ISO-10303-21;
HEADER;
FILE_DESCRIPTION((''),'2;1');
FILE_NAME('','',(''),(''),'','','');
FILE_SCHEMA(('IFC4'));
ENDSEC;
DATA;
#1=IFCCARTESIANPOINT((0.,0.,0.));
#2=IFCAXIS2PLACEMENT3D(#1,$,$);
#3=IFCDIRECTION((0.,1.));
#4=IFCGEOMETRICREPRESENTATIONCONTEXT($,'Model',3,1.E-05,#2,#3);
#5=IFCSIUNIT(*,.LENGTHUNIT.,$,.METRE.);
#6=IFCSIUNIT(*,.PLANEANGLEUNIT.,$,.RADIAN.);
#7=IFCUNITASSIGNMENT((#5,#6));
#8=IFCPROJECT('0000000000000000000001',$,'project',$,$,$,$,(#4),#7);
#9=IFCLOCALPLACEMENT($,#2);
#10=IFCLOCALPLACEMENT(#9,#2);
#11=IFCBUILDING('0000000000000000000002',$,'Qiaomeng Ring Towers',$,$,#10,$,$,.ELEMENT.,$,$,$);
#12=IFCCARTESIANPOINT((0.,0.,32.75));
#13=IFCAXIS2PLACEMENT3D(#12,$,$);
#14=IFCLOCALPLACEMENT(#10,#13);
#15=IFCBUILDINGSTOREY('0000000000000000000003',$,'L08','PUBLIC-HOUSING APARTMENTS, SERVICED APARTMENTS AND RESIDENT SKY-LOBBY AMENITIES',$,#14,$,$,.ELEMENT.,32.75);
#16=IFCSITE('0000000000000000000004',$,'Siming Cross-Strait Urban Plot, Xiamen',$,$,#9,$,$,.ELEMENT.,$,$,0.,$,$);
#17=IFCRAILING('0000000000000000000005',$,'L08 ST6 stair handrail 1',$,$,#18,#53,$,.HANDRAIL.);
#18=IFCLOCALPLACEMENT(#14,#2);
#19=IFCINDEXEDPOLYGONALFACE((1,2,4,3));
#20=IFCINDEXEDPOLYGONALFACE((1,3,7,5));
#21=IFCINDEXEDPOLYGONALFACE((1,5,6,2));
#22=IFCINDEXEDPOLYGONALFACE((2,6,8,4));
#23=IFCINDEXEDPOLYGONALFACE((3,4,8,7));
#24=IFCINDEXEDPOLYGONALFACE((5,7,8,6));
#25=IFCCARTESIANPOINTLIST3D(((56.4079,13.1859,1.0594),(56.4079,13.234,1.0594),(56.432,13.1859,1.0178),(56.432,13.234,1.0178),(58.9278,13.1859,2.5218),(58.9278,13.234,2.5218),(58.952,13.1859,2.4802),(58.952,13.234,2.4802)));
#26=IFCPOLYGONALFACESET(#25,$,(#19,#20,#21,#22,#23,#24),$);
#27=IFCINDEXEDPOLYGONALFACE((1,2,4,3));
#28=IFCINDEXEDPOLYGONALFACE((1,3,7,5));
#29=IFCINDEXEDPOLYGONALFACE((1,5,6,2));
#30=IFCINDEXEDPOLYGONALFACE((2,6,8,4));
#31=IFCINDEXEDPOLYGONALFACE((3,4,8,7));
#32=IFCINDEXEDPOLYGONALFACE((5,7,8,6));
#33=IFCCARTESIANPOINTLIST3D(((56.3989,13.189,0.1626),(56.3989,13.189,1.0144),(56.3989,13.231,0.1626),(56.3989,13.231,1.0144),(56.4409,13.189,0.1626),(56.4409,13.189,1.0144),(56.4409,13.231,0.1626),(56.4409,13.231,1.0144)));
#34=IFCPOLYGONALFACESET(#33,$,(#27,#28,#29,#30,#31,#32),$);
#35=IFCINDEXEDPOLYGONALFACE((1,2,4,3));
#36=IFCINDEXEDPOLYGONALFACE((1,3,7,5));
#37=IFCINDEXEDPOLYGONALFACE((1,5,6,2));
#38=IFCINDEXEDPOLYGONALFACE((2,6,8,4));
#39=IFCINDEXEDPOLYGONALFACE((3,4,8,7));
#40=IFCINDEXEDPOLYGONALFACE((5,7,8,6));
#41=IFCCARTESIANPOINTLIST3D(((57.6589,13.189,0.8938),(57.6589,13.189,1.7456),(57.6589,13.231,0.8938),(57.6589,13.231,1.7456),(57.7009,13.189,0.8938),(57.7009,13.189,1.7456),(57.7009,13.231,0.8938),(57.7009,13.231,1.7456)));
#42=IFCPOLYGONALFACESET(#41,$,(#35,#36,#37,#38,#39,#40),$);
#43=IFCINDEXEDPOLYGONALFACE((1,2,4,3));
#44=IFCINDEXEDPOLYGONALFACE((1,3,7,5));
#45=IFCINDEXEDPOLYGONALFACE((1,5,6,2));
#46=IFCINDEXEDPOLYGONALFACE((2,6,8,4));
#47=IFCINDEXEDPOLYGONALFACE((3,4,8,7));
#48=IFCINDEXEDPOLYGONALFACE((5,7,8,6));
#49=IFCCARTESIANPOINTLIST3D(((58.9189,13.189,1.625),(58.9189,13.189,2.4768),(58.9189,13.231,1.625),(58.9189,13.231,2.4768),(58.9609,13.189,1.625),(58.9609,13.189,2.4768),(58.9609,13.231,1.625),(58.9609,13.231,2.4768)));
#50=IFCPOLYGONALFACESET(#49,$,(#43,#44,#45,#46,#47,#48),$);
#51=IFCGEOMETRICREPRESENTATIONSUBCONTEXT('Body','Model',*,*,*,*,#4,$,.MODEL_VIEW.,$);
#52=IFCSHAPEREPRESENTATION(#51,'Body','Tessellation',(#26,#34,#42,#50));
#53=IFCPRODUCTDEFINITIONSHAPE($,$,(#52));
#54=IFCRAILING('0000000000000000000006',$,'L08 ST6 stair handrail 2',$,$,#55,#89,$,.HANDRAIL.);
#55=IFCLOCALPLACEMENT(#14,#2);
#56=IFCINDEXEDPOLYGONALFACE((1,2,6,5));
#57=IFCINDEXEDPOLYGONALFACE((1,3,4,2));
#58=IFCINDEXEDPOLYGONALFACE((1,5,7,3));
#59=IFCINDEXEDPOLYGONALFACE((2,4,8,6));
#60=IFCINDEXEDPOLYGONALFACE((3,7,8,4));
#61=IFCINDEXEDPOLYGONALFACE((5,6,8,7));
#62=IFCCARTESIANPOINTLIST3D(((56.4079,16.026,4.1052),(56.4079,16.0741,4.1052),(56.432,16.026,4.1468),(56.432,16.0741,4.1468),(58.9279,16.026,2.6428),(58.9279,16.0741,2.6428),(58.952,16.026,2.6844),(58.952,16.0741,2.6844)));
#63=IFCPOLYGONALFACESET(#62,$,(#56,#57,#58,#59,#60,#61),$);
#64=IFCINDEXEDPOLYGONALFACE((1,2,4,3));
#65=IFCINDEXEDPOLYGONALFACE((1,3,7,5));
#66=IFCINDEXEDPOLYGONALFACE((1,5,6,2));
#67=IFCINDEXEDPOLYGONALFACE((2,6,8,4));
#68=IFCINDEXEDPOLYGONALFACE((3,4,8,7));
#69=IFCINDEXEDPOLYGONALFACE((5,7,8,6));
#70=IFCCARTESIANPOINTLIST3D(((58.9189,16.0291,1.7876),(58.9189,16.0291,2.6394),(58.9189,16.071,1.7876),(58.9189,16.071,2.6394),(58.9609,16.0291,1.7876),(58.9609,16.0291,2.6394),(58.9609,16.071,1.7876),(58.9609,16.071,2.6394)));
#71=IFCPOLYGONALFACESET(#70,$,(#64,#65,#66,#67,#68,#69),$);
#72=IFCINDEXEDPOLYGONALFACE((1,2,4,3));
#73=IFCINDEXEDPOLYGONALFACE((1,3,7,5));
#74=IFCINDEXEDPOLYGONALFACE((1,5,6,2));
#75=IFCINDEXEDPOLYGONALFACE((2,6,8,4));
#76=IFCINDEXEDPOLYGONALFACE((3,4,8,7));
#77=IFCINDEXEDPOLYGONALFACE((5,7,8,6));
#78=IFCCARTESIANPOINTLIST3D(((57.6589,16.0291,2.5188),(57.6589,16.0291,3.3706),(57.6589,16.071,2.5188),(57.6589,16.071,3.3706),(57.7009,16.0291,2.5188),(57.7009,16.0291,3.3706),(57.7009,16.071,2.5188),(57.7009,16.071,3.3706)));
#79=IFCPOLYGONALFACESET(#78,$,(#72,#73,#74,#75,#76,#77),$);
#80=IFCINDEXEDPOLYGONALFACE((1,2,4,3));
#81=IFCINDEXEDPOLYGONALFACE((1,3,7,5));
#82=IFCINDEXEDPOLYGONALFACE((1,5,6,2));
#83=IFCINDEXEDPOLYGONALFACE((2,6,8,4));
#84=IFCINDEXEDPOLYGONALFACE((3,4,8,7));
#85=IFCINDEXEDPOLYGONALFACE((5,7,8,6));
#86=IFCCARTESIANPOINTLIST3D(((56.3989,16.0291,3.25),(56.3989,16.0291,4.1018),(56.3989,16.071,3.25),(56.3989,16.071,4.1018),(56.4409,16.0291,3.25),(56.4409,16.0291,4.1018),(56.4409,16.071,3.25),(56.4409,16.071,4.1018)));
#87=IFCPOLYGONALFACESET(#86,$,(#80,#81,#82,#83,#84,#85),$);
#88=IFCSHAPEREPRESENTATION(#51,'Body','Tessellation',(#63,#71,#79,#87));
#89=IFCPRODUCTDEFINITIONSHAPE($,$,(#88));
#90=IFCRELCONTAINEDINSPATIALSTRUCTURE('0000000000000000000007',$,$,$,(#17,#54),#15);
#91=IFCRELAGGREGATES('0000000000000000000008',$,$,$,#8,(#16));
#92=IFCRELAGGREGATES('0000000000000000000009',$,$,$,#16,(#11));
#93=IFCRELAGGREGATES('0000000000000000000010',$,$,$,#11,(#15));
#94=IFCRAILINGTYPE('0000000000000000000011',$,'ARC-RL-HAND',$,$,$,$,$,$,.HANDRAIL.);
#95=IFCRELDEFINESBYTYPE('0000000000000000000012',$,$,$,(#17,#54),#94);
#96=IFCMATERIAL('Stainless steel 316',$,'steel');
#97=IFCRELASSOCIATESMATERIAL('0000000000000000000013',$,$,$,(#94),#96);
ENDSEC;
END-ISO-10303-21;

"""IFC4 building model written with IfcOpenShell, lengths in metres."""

from ifc_helpers import new_model, si_unit, direction, frame, origin, origin_2d, place, context, subcontext, project, spatial, rectangle, extrude, material, type_object, element, save


model = new_model("IFC4")

# Units and contexts
model_context = context("Model", 3, precision=1e-05, world=origin(), true_north=direction((0.0, 1.0)))
body_context = subcontext(model_context, "Body", "Model", "MODEL_VIEW")
ifc_project = project(units=[si_unit("LENGTHUNIT", "METRE"), si_unit("PLANEANGLEUNIT", "RADIAN")], contexts=[model_context])

# Site, building, storey
site_placement = place(None, origin())
site = spatial("IfcSite", under=ifc_project, at=site_placement, Name="Siming Cross-Strait Urban Plot, Xiamen", CompositionType="ELEMENT", RefElevation=0.0)
building_placement = place(site_placement, origin())
building = spatial("IfcBuilding", under=site, at=building_placement, Name="Qiaomeng Ring Towers", CompositionType="ELEMENT")
storey_placement = place(building_placement, frame((0.0, 0.0, 32.75)))
storey = spatial("IfcBuildingStorey", under=building, at=storey_placement, Name="L08", Description="PUBLIC-HOUSING APARTMENTS, SERVICED APARTMENTS AND RESIDENT SKY-LOBBY AMENITIES", CompositionType="ELEMENT", Elevation=32.75)

# Shared definitions
ifc_material_1 = material(Name="Stainless steel 316", Category="steel")

# Railings
railing_type_1 = type_object("IfcRailingType", Name="ARC-RL-HAND", PredefinedType="HANDRAIL", material=ifc_material_1)
railing_1_placement = place(storey_placement, frame((56.4199, 13.21, 0.1626)))
element("IfcRailing", 1, at=railing_1_placement, inside=storey, type_object=railing_type_1, Name="L08 ST6 stair handrail 1", PredefinedType="HANDRAIL", context=body_context, shape_type="SweptSolid", body=[
    extrude(rectangle(XDim=0.0481, YDim=0.0481, at=origin_2d()), frame((0.0, 0.0, 0.876), z_axis=(0.864913, 0.0, 0.501921), x_axis=(0.0, 1.0, 0.0)), (0.0, 0.0, 1.0), 2.9136),
    extrude(rectangle(XDim=0.042, YDim=0.042, at=origin_2d()), origin(), (0.0, 0.0, 1.0), 0.8518),
    extrude(rectangle(XDim=0.042, YDim=0.042, at=origin_2d()), frame((1.26, 0.0, 0.7312)), (0.0, 0.0, 1.0), 0.8518),
    extrude(rectangle(XDim=0.042, YDim=0.042, at=origin_2d()), frame((2.52, 0.0, 1.4624)), (0.0, 0.0, 1.0), 0.8518),
])
railing_2_placement = place(storey_placement, frame((58.9399, 16.05, 1.7876)))
element("IfcRailing", 2, at=railing_2_placement, inside=storey, type_object=railing_type_1, Name="L08 ST6 stair handrail 2", PredefinedType="HANDRAIL", context=body_context, shape_type="SweptSolid", body=[
    extrude(rectangle(XDim=0.0481, YDim=0.0481, at=origin_2d()), frame((0.0, 0.0, 0.876), z_axis=(-0.864913, 0.0, 0.501921), x_axis=(0.0, -1.0, 0.0)), (0.0, 0.0, 1.0), 2.9136),
    extrude(rectangle(XDim=0.042, YDim=0.042, at=origin_2d()), origin(), (0.0, 0.0, 1.0), 0.8518),
    extrude(rectangle(XDim=0.042, YDim=0.042, at=origin_2d()), frame((-1.26, 0.0, 0.7312)), (0.0, 0.0, 1.0), 0.8518),
    extrude(rectangle(XDim=0.042, YDim=0.042, at=origin_2d()), frame((-2.52, 0.0, 1.4624)), (0.0, 0.0, 1.0), 0.8518),
])

save(model, "model.ifc")
